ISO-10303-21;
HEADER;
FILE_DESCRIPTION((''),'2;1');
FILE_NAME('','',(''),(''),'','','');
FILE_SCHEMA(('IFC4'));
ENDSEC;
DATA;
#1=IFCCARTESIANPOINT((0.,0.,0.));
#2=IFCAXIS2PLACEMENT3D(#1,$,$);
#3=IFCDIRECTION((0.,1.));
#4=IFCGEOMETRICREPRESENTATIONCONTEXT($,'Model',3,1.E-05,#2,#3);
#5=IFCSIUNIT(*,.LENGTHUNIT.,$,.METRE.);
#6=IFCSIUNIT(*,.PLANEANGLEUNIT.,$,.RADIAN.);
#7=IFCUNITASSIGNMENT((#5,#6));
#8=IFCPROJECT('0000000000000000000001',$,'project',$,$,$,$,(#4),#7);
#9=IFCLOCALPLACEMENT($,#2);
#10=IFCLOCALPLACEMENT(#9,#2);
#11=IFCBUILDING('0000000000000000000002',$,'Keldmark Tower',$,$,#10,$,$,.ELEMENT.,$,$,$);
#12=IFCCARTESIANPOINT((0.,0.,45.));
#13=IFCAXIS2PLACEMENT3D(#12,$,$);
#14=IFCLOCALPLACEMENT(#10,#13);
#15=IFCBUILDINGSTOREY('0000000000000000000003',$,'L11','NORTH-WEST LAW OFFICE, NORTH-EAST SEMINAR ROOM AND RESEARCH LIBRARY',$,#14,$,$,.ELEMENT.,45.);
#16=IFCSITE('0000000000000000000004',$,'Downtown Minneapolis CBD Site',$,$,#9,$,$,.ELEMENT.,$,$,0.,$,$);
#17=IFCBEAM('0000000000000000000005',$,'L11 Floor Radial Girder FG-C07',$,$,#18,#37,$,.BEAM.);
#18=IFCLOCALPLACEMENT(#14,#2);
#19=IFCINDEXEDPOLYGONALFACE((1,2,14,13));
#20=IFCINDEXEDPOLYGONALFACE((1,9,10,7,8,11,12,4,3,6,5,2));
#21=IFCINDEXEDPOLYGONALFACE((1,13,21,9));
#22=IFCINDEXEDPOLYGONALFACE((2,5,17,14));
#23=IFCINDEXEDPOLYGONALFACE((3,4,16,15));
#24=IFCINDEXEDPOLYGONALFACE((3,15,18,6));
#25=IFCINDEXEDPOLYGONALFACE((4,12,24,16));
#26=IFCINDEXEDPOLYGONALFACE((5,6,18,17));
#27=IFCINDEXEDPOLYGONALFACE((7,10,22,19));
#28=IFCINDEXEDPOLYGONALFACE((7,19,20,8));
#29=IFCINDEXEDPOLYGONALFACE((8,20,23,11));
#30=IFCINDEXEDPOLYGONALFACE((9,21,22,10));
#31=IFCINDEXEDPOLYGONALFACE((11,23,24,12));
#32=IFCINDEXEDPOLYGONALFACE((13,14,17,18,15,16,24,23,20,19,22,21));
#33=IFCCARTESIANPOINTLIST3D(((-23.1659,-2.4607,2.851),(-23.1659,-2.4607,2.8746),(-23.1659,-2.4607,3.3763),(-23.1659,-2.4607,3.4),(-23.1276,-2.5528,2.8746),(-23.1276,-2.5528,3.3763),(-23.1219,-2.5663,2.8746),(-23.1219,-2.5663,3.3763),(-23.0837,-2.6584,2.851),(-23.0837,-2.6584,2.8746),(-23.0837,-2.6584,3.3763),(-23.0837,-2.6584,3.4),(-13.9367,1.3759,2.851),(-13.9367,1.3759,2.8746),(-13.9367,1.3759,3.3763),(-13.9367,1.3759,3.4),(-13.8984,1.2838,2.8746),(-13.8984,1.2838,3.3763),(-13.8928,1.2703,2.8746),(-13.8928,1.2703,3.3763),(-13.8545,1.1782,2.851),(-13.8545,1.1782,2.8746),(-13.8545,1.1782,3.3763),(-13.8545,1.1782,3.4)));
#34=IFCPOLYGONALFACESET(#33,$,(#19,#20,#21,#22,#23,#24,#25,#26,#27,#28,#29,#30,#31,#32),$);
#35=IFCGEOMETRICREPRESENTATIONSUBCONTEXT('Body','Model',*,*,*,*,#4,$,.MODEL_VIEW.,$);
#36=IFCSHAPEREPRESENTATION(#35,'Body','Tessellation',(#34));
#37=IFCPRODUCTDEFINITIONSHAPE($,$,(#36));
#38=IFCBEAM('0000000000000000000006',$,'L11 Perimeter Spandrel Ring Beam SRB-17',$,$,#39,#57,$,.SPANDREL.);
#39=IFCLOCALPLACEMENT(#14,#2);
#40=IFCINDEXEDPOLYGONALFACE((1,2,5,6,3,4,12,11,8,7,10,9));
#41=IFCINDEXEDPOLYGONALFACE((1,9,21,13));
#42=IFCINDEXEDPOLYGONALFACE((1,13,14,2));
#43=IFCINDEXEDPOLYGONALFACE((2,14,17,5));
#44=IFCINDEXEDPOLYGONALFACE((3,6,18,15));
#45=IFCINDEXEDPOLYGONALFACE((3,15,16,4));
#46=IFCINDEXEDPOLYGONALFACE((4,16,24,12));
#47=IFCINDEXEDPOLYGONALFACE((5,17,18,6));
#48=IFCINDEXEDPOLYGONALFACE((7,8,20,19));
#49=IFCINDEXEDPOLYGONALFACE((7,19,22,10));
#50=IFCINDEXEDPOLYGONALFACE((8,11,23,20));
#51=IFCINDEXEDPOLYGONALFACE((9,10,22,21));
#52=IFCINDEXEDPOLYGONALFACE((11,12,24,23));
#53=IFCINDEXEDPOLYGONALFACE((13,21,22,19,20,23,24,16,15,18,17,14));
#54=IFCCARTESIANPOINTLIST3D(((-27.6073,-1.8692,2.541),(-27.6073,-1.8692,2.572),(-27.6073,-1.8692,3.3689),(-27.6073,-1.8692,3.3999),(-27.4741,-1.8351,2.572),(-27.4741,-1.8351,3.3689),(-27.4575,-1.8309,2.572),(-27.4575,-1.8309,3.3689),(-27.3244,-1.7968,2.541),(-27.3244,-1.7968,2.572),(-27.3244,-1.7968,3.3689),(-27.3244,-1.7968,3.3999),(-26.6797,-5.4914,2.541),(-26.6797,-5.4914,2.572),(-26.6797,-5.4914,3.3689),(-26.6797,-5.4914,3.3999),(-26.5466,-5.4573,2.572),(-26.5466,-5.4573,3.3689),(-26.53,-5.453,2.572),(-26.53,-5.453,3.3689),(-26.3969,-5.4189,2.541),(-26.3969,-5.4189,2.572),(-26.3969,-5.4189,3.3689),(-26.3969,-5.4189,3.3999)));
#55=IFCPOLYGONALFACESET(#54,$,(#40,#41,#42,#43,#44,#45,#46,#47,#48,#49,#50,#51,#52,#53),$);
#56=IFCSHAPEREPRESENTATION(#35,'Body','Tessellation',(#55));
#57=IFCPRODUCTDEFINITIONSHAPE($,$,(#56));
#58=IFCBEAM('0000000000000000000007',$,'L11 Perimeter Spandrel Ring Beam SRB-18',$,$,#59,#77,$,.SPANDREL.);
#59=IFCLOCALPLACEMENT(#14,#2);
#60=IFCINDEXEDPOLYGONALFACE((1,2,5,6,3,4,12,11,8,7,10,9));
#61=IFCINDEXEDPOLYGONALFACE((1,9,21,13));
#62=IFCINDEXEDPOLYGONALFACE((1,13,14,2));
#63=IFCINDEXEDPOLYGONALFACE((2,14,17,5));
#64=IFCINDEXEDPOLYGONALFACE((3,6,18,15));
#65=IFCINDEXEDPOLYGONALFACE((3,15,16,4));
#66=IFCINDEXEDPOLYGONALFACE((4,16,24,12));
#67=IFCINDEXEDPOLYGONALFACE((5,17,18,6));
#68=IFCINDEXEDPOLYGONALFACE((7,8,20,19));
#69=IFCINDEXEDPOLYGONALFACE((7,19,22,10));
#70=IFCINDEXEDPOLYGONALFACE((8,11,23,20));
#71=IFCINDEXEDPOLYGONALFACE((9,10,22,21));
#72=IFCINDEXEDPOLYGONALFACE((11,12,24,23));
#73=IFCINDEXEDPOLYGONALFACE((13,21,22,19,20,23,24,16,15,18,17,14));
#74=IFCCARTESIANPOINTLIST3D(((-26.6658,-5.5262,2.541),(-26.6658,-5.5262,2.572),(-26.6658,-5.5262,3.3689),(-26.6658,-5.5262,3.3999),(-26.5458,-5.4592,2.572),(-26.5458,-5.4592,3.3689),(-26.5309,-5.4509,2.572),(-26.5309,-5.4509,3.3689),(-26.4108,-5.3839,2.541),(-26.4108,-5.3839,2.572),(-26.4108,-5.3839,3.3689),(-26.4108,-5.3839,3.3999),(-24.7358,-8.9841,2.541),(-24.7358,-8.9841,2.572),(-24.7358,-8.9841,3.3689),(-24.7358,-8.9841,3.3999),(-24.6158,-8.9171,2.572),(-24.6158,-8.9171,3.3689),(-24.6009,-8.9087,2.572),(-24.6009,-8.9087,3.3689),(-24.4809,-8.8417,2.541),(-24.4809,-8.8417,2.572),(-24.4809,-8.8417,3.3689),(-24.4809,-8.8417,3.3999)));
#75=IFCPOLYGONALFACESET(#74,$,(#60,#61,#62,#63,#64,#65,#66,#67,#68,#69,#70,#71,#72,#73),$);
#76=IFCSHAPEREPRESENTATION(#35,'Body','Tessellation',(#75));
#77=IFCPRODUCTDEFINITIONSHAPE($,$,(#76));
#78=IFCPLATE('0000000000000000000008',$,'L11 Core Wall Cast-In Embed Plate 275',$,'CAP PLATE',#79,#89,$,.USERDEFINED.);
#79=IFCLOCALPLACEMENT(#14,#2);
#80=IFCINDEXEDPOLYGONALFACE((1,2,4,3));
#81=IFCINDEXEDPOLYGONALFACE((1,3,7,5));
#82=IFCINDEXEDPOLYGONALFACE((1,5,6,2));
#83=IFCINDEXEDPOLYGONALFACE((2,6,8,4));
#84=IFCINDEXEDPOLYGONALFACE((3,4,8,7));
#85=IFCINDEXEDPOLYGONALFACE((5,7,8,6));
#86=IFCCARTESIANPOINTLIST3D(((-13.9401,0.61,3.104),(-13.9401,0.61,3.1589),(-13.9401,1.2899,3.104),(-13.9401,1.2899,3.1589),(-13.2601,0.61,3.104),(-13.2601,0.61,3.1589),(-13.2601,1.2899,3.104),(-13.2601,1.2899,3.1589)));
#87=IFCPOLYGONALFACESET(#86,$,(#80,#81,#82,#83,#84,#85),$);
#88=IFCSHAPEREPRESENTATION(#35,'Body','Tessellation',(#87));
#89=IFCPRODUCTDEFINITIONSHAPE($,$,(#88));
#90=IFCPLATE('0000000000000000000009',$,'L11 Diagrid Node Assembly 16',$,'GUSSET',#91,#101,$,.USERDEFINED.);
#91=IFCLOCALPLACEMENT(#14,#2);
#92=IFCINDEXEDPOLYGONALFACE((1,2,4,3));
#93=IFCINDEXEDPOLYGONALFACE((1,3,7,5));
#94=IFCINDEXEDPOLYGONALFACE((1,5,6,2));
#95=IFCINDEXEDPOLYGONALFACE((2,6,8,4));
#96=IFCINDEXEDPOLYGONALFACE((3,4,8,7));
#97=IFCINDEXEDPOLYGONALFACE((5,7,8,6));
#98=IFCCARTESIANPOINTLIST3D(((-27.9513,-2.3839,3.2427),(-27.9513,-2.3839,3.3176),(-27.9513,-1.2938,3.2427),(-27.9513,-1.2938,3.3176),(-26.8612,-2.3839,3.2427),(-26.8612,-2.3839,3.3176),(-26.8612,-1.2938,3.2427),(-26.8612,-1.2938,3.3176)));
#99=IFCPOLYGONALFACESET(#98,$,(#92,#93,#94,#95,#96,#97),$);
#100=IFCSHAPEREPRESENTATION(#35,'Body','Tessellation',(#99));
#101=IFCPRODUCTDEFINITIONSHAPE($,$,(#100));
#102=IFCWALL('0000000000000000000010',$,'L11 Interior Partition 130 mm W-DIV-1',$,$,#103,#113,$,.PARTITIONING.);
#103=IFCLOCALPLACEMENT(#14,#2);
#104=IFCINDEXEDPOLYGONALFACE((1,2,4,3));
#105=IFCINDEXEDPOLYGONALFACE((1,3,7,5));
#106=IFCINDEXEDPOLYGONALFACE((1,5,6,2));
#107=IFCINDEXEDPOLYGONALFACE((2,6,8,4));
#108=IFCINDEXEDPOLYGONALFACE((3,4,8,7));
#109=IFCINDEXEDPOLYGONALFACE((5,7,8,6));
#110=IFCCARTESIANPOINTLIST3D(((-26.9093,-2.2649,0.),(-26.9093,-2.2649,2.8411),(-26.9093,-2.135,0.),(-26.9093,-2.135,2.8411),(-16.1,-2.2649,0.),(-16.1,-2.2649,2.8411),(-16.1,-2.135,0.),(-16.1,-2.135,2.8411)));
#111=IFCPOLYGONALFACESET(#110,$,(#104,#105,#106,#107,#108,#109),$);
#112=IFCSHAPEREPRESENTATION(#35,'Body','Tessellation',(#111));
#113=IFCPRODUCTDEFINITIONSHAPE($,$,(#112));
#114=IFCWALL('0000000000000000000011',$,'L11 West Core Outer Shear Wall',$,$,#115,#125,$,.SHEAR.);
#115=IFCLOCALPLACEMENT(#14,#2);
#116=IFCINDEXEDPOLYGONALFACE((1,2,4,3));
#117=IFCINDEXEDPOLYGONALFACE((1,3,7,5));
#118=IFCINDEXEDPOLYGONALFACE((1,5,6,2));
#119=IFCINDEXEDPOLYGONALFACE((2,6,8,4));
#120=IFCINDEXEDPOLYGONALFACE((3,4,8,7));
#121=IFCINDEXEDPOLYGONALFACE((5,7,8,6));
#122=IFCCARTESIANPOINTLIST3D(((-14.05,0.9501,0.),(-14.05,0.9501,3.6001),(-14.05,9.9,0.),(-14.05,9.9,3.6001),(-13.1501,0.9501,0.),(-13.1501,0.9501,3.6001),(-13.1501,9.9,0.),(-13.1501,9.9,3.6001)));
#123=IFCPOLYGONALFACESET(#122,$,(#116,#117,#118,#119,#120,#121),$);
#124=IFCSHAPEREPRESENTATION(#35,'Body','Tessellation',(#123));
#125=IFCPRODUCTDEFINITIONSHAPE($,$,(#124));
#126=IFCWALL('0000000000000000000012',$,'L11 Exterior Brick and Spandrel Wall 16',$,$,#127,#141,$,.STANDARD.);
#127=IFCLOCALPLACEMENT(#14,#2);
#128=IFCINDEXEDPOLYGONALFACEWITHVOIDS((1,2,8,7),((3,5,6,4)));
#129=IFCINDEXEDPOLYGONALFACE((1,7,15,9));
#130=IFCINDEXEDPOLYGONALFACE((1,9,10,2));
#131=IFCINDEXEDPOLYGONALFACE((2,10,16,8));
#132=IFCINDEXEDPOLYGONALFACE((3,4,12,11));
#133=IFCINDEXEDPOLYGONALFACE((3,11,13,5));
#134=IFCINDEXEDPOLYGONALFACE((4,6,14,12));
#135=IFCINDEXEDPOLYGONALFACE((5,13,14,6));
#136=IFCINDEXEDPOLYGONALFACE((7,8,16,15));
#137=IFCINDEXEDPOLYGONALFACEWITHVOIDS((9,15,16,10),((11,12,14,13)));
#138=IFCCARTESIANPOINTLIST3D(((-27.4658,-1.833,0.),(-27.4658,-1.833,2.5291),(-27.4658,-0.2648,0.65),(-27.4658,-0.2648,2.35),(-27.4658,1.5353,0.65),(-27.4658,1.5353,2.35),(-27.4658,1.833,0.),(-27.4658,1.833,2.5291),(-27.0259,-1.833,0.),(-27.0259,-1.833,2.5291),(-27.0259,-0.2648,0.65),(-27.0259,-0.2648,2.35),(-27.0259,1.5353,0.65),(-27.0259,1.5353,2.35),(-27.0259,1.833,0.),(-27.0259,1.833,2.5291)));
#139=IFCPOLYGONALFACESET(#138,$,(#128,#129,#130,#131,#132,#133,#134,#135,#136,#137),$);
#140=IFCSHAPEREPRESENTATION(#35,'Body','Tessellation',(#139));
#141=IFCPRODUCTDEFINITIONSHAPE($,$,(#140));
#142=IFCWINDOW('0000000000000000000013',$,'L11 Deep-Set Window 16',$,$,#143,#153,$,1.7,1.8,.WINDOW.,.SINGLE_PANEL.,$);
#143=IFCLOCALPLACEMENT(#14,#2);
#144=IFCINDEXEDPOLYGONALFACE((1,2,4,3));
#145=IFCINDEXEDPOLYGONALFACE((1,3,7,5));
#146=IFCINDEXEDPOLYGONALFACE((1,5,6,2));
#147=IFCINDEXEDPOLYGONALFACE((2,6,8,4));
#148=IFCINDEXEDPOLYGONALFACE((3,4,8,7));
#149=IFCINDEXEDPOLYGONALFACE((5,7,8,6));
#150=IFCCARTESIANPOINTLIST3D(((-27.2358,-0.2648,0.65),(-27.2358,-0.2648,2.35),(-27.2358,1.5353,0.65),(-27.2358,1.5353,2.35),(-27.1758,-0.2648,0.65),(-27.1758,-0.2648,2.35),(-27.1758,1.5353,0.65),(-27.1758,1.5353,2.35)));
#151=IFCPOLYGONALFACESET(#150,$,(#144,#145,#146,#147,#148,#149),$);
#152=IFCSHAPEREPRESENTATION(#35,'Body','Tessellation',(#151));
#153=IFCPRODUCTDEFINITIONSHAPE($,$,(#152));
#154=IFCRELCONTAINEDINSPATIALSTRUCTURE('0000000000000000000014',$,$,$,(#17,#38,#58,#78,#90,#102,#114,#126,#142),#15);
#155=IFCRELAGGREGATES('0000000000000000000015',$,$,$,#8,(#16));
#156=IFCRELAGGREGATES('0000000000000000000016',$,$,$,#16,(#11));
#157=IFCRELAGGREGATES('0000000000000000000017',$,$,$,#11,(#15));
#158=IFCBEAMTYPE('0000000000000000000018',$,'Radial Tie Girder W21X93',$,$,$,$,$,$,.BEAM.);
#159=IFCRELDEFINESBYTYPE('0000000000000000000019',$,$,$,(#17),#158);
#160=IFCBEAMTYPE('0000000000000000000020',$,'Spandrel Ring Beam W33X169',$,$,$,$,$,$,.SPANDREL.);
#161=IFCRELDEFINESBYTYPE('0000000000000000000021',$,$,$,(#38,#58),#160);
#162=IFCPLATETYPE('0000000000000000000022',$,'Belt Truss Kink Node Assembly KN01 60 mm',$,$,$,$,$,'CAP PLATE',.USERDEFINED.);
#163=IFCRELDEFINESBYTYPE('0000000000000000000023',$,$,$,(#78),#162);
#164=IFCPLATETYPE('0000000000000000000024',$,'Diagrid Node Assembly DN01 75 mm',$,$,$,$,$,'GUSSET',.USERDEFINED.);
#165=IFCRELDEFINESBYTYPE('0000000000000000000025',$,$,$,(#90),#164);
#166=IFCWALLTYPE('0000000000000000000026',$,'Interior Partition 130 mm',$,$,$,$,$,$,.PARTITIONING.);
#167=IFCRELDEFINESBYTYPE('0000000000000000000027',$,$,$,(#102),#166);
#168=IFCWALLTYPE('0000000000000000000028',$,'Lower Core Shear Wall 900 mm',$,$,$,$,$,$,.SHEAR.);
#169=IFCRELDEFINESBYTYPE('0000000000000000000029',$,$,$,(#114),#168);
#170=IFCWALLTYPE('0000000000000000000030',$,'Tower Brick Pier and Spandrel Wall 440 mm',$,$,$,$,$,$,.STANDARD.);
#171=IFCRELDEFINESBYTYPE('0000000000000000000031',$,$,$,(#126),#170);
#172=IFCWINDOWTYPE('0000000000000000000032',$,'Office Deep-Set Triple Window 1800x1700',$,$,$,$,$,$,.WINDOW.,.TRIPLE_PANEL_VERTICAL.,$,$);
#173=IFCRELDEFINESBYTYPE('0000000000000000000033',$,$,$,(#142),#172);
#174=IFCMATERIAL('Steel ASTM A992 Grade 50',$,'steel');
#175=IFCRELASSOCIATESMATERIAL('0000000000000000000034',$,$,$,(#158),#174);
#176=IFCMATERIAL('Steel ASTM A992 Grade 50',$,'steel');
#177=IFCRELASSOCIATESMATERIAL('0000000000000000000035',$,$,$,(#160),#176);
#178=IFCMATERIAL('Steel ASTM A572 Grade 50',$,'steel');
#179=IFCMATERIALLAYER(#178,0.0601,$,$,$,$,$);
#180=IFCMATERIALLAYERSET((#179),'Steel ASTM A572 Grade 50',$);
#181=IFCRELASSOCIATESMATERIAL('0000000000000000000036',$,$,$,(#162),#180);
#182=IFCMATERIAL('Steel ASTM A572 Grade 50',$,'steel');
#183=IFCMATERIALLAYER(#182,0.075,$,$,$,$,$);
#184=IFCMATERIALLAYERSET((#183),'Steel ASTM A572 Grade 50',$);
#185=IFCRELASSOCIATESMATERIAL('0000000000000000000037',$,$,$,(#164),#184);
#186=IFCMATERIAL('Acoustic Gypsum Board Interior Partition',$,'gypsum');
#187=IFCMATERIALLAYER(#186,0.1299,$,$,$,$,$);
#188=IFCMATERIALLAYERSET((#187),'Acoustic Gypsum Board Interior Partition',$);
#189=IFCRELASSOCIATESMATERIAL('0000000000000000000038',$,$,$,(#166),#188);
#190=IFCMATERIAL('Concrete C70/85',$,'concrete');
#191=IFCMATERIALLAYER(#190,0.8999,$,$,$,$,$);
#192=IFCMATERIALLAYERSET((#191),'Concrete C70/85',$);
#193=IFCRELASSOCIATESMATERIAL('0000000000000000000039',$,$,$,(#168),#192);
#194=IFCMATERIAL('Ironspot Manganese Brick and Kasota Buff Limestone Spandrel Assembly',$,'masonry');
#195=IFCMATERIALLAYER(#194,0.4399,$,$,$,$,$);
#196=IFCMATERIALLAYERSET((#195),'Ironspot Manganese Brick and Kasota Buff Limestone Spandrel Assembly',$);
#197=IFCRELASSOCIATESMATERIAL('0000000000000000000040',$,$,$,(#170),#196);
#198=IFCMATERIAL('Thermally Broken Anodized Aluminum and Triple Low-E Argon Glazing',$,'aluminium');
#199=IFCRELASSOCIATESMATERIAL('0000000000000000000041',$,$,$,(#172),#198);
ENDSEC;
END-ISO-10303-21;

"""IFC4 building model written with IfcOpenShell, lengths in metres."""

from ifc_helpers import new_model, si_unit, direction, frame, frame_2d, origin, origin_2d, place, context, subcontext, project, spatial, rectangle, i_section, extrude, material, layer, layer_set, material_profile, profile_set, type_object, element, fill, save


model = new_model("IFC4")

# Units and contexts
model_context = context("Model", 3, precision=1e-05, world=origin(), true_north=direction((0.0, 1.0)))
body_context = subcontext(model_context, "Body", "Model", "MODEL_VIEW")
ifc_project = project(units=[si_unit("LENGTHUNIT", "METRE"), si_unit("PLANEANGLEUNIT", "RADIAN")], contexts=[model_context])

# Site, building, storey
site_placement = place(None, origin())
site = spatial("IfcSite", under=ifc_project, at=site_placement, Name="Downtown Minneapolis CBD Site", CompositionType="ELEMENT", RefElevation=0.0)
building_placement = place(site_placement, origin())
building = spatial("IfcBuilding", under=site, at=building_placement, Name="Keldmark Tower", CompositionType="ELEMENT")
storey_placement = place(building_placement, frame((0.0, 0.0, 45.0)))
storey = spatial("IfcBuildingStorey", under=building, at=storey_placement, Name="L11", Description="NORTH-WEST LAW OFFICE, NORTH-EAST SEMINAR ROOM AND RESEARCH LIBRARY", CompositionType="ELEMENT", Elevation=45.0)

# Beams
ifc_material_1 = material(Name="Steel ASTM A992 Grade 50", Category="steel")
ifc_material_profile_1 = material_profile(ifc_material_1, i_section(OverallWidth=0.2141, OverallDepth=0.5491, WebThickness=0.0146, FlangeThickness=0.0237, at=origin_2d()), Name="W21X93")
ifc_profile_set_1 = profile_set([ifc_material_profile_1], Name="Steel ASTM A992 Grade 50")
beam_type_1 = type_object("IfcBeamType", Name="Radial Tie Girder W21X93", PredefinedType="BEAM", material=ifc_profile_set_1)
beam_1_placement = place(storey_placement, frame((-23.1248, -2.5596, 3.1255), z_axis=(0.923391, 0.383861, 0.0), x_axis=(-0.383861, 0.923391, 0.0)))
element("IfcBeam", 1, at=beam_1_placement, inside=storey, type_object=beam_type_1, Name="L11 Floor Radial Girder FG-C07", PredefinedType="BEAM", context=body_context, shape_type="SweptSolid", body=[
    extrude(i_section(OverallWidth=0.2141, OverallDepth=0.5491, WebThickness=0.0146, FlangeThickness=0.0237, at=origin_2d()), origin(), (0.0, 0.0, 1.0), 9.9949),
])
ifc_material_2 = material(Name="Steel ASTM A992 Grade 50", Category="steel")
ifc_material_profile_2 = material_profile(ifc_material_2, i_section(OverallWidth=0.292, OverallDepth=0.8589, WebThickness=0.0171, FlangeThickness=0.031, at=origin_2d()), Name="W33X169")
ifc_profile_set_2 = profile_set([ifc_material_profile_2], Name="Steel ASTM A992 Grade 50")
beam_type_2 = type_object("IfcBeamType", Name="Spandrel Ring Beam W33X169", PredefinedType="SPANDREL", material=ifc_profile_set_2)
beam_2_placement = place(storey_placement, frame((-27.4658, -1.833, 2.9705), z_axis=(0.248063, -0.968744, 0.0), x_axis=(0.968744, 0.248063, 0.0)))
element("IfcBeam", 2, at=beam_2_placement, inside=storey, type_object=beam_type_2, Name="L11 Perimeter Spandrel Ring Beam SRB-17", PredefinedType="SPANDREL", context=body_context, shape_type="SweptSolid", body=[
    extrude(i_section(OverallWidth=0.292, OverallDepth=0.8589, WebThickness=0.0171, FlangeThickness=0.031, at=origin_2d()), origin(), (0.0, 0.0, 1.0), 3.739),
])
beam_3_placement = place(storey_placement, frame((-26.5383, -5.4551, 2.9705), z_axis=(0.487369, -0.873196, 0.0), x_axis=(0.873196, 0.487369, 0.0)))
element("IfcBeam", 3, at=beam_3_placement, inside=storey, type_object=beam_type_2, Name="L11 Perimeter Spandrel Ring Beam SRB-18", PredefinedType="SPANDREL", context=body_context, shape_type="SweptSolid", body=[
    extrude(i_section(OverallWidth=0.292, OverallDepth=0.8589, WebThickness=0.0171, FlangeThickness=0.031, at=origin_2d()), origin(), (0.0, 0.0, 1.0), 3.96),
])

# Plates
ifc_material_3 = material(Name="Steel ASTM A572 Grade 50", Category="steel")
ifc_layer_1 = layer(ifc_material_3, 0.0601)
ifc_layer_set_1 = layer_set([ifc_layer_1], Name="Steel ASTM A572 Grade 50")
plate_type_1 = type_object("IfcPlateType", Name="Belt Truss Kink Node Assembly KN01 60 mm", ElementType="CAP PLATE", PredefinedType="USERDEFINED", material=ifc_layer_set_1)
plate_1_placement = place(storey_placement, frame((-13.6001, 0.95, 3.104), z_axis=(0.0, 0.0, 1.0), x_axis=(1.0, 0.0, 0.0)))
element("IfcPlate", 4, at=plate_1_placement, inside=storey, type_object=plate_type_1, Name="L11 Core Wall Cast-In Embed Plate 275", ObjectType="CAP PLATE", PredefinedType="USERDEFINED", context=body_context, shape_type="SweptSolid", body=[
    extrude(rectangle(XDim=0.6799, YDim=0.6799, at=origin_2d()), origin(), (0.0, 0.0, 1.0), 0.0549),
])
ifc_material_4 = material(Name="Steel ASTM A572 Grade 50", Category="steel")
ifc_layer_2 = layer(ifc_material_4, 0.075)
ifc_layer_set_2 = layer_set([ifc_layer_2], Name="Steel ASTM A572 Grade 50")
plate_type_2 = type_object("IfcPlateType", Name="Diagrid Node Assembly DN01 75 mm", ElementType="GUSSET", PredefinedType="USERDEFINED", material=ifc_layer_set_2)
plate_2_placement = place(storey_placement, frame((-27.4062, -1.8389, 3.2427), z_axis=(0.0, 0.0, 1.0), x_axis=(0.0, -1.0, 0.0)))
element("IfcPlate", 5, at=plate_2_placement, inside=storey, type_object=plate_type_2, Name="L11 Diagrid Node Assembly 16", ObjectType="GUSSET", PredefinedType="USERDEFINED", context=body_context, shape_type="SweptSolid", body=[
    extrude(rectangle(XDim=1.0901, YDim=1.0901, at=origin_2d()), origin(), (0.0, 0.0, 1.0), 0.075),
])

# Walls
ifc_material_5 = material(Name="Acoustic Gypsum Board Interior Partition", Category="gypsum")
ifc_layer_3 = layer(ifc_material_5, 0.1299)
ifc_layer_set_3 = layer_set([ifc_layer_3], Name="Acoustic Gypsum Board Interior Partition")
wall_type_1 = type_object("IfcWallType", Name="Interior Partition 130 mm", PredefinedType="PARTITIONING", material=ifc_layer_set_3)
wall_1_placement = place(storey_placement, frame((-26.9094, -2.2, 0.0), z_axis=(0.0, 0.0, 1.0), x_axis=(1.0, 0.0, 0.0)))
element("IfcWall", 6, at=wall_1_placement, inside=storey, type_object=wall_type_1, Name="L11 Interior Partition 130 mm W-DIV-1", PredefinedType="PARTITIONING", context=body_context, shape_type="SweptSolid", body=[
    extrude(rectangle(XDim=10.8093, YDim=0.1299, at=frame_2d((5.4048, 0.0))), origin(), (0.0, 0.0, 1.0), 2.8411),
])
ifc_material_6 = material(Name="Concrete C70/85", Category="concrete")
ifc_layer_4 = layer(ifc_material_6, 0.8999)
ifc_layer_set_4 = layer_set([ifc_layer_4], Name="Concrete C70/85")
wall_type_2 = type_object("IfcWallType", Name="Lower Core Shear Wall 900 mm", PredefinedType="SHEAR", material=ifc_layer_set_4)
wall_2_placement = place(storey_placement, frame((-13.6001, 0.95, 0.0), z_axis=(0.0, 0.0, 1.0), x_axis=(0.0, 1.0, 0.0)))
element("IfcWall", 7, at=wall_2_placement, inside=storey, type_object=wall_type_2, Name="L11 West Core Outer Shear Wall", PredefinedType="SHEAR", context=body_context, shape_type="SweptSolid", body=[
    extrude(rectangle(XDim=8.95, YDim=0.8999, at=frame_2d((4.4751, 0.0))), origin(), (0.0, 0.0, 1.0), 3.6001),
])

# Wall, opening, window
ifc_material_7 = material(Name="Ironspot Manganese Brick and Kasota Buff Limestone Spandrel Assembly", Category="masonry")
ifc_layer_5 = layer(ifc_material_7, 0.4399)
ifc_layer_set_5 = layer_set([ifc_layer_5], Name="Ironspot Manganese Brick and Kasota Buff Limestone Spandrel Assembly")
wall_type_3 = type_object("IfcWallType", Name="Tower Brick Pier and Spandrel Wall 440 mm", PredefinedType="STANDARD", material=ifc_layer_set_5)
wall_3_placement = place(storey_placement, frame((-27.2458, -1.833, 0.0), z_axis=(0.0, 0.0, 1.0), x_axis=(0.0, 1.0, 0.0)))
wall_3 = element("IfcWall", 8, at=wall_3_placement, inside=storey, type_object=wall_type_3, Name="L11 Exterior Brick and Spandrel Wall 16", PredefinedType="STANDARD", context=body_context, shape_type="SweptSolid", body=[
    extrude(rectangle(XDim=3.666, YDim=0.4399, at=frame_2d((1.833, 0.0))), origin(), (0.0, 0.0, 1.0), 2.5291),
])
opening_1_placement = place(wall_3_placement, frame((1.5684, 0.0, 0.6499)))
opening_1 = element("IfcOpeningElement", 9, at=opening_1_placement, cuts=wall_3, PredefinedType="OPENING", context=body_context, shape_type="SweptSolid", body=[
    extrude(rectangle(XDim=1.8, YDim=1.7, at=frame_2d((0.8999, 0.8501))), frame((0.0, 0.23, 0.0), z_axis=(0.0, -1.0, 0.0), x_axis=(1.0, 0.0, 0.0)), (0.0, 0.0, 1.0), 0.46),
])
ifc_material_8 = material(Name="Thermally Broken Anodized Aluminum and Triple Low-E Argon Glazing", Category="aluminium")
window_type = type_object("IfcWindowType", Name="Office Deep-Set Triple Window 1800x1700", PartitioningType="TRIPLE_PANEL_VERTICAL", PredefinedType="WINDOW", material=ifc_material_8)
window_1_placement = place(opening_1_placement, origin())
window_1 = element("IfcWindow", 10, at=window_1_placement, inside=storey, type_object=window_type, Name="L11 Deep-Set Window 16", OverallHeight=1.7, OverallWidth=1.8, PartitioningType="SINGLE_PANEL", PredefinedType="WINDOW", context=body_context, shape_type="SweptSolid", body=[
    extrude(rectangle(XDim=1.8, YDim=1.7, at=frame_2d((0.8999, 0.8501))), frame((0.0, -0.01, 0.0), z_axis=(0.0, -1.0, 0.0), x_axis=(1.0, 0.0, 0.0)), (0.0, 0.0, 1.0), 0.0601),
])
fill(opening_1, window_1)

save(model, "model.ifc")
